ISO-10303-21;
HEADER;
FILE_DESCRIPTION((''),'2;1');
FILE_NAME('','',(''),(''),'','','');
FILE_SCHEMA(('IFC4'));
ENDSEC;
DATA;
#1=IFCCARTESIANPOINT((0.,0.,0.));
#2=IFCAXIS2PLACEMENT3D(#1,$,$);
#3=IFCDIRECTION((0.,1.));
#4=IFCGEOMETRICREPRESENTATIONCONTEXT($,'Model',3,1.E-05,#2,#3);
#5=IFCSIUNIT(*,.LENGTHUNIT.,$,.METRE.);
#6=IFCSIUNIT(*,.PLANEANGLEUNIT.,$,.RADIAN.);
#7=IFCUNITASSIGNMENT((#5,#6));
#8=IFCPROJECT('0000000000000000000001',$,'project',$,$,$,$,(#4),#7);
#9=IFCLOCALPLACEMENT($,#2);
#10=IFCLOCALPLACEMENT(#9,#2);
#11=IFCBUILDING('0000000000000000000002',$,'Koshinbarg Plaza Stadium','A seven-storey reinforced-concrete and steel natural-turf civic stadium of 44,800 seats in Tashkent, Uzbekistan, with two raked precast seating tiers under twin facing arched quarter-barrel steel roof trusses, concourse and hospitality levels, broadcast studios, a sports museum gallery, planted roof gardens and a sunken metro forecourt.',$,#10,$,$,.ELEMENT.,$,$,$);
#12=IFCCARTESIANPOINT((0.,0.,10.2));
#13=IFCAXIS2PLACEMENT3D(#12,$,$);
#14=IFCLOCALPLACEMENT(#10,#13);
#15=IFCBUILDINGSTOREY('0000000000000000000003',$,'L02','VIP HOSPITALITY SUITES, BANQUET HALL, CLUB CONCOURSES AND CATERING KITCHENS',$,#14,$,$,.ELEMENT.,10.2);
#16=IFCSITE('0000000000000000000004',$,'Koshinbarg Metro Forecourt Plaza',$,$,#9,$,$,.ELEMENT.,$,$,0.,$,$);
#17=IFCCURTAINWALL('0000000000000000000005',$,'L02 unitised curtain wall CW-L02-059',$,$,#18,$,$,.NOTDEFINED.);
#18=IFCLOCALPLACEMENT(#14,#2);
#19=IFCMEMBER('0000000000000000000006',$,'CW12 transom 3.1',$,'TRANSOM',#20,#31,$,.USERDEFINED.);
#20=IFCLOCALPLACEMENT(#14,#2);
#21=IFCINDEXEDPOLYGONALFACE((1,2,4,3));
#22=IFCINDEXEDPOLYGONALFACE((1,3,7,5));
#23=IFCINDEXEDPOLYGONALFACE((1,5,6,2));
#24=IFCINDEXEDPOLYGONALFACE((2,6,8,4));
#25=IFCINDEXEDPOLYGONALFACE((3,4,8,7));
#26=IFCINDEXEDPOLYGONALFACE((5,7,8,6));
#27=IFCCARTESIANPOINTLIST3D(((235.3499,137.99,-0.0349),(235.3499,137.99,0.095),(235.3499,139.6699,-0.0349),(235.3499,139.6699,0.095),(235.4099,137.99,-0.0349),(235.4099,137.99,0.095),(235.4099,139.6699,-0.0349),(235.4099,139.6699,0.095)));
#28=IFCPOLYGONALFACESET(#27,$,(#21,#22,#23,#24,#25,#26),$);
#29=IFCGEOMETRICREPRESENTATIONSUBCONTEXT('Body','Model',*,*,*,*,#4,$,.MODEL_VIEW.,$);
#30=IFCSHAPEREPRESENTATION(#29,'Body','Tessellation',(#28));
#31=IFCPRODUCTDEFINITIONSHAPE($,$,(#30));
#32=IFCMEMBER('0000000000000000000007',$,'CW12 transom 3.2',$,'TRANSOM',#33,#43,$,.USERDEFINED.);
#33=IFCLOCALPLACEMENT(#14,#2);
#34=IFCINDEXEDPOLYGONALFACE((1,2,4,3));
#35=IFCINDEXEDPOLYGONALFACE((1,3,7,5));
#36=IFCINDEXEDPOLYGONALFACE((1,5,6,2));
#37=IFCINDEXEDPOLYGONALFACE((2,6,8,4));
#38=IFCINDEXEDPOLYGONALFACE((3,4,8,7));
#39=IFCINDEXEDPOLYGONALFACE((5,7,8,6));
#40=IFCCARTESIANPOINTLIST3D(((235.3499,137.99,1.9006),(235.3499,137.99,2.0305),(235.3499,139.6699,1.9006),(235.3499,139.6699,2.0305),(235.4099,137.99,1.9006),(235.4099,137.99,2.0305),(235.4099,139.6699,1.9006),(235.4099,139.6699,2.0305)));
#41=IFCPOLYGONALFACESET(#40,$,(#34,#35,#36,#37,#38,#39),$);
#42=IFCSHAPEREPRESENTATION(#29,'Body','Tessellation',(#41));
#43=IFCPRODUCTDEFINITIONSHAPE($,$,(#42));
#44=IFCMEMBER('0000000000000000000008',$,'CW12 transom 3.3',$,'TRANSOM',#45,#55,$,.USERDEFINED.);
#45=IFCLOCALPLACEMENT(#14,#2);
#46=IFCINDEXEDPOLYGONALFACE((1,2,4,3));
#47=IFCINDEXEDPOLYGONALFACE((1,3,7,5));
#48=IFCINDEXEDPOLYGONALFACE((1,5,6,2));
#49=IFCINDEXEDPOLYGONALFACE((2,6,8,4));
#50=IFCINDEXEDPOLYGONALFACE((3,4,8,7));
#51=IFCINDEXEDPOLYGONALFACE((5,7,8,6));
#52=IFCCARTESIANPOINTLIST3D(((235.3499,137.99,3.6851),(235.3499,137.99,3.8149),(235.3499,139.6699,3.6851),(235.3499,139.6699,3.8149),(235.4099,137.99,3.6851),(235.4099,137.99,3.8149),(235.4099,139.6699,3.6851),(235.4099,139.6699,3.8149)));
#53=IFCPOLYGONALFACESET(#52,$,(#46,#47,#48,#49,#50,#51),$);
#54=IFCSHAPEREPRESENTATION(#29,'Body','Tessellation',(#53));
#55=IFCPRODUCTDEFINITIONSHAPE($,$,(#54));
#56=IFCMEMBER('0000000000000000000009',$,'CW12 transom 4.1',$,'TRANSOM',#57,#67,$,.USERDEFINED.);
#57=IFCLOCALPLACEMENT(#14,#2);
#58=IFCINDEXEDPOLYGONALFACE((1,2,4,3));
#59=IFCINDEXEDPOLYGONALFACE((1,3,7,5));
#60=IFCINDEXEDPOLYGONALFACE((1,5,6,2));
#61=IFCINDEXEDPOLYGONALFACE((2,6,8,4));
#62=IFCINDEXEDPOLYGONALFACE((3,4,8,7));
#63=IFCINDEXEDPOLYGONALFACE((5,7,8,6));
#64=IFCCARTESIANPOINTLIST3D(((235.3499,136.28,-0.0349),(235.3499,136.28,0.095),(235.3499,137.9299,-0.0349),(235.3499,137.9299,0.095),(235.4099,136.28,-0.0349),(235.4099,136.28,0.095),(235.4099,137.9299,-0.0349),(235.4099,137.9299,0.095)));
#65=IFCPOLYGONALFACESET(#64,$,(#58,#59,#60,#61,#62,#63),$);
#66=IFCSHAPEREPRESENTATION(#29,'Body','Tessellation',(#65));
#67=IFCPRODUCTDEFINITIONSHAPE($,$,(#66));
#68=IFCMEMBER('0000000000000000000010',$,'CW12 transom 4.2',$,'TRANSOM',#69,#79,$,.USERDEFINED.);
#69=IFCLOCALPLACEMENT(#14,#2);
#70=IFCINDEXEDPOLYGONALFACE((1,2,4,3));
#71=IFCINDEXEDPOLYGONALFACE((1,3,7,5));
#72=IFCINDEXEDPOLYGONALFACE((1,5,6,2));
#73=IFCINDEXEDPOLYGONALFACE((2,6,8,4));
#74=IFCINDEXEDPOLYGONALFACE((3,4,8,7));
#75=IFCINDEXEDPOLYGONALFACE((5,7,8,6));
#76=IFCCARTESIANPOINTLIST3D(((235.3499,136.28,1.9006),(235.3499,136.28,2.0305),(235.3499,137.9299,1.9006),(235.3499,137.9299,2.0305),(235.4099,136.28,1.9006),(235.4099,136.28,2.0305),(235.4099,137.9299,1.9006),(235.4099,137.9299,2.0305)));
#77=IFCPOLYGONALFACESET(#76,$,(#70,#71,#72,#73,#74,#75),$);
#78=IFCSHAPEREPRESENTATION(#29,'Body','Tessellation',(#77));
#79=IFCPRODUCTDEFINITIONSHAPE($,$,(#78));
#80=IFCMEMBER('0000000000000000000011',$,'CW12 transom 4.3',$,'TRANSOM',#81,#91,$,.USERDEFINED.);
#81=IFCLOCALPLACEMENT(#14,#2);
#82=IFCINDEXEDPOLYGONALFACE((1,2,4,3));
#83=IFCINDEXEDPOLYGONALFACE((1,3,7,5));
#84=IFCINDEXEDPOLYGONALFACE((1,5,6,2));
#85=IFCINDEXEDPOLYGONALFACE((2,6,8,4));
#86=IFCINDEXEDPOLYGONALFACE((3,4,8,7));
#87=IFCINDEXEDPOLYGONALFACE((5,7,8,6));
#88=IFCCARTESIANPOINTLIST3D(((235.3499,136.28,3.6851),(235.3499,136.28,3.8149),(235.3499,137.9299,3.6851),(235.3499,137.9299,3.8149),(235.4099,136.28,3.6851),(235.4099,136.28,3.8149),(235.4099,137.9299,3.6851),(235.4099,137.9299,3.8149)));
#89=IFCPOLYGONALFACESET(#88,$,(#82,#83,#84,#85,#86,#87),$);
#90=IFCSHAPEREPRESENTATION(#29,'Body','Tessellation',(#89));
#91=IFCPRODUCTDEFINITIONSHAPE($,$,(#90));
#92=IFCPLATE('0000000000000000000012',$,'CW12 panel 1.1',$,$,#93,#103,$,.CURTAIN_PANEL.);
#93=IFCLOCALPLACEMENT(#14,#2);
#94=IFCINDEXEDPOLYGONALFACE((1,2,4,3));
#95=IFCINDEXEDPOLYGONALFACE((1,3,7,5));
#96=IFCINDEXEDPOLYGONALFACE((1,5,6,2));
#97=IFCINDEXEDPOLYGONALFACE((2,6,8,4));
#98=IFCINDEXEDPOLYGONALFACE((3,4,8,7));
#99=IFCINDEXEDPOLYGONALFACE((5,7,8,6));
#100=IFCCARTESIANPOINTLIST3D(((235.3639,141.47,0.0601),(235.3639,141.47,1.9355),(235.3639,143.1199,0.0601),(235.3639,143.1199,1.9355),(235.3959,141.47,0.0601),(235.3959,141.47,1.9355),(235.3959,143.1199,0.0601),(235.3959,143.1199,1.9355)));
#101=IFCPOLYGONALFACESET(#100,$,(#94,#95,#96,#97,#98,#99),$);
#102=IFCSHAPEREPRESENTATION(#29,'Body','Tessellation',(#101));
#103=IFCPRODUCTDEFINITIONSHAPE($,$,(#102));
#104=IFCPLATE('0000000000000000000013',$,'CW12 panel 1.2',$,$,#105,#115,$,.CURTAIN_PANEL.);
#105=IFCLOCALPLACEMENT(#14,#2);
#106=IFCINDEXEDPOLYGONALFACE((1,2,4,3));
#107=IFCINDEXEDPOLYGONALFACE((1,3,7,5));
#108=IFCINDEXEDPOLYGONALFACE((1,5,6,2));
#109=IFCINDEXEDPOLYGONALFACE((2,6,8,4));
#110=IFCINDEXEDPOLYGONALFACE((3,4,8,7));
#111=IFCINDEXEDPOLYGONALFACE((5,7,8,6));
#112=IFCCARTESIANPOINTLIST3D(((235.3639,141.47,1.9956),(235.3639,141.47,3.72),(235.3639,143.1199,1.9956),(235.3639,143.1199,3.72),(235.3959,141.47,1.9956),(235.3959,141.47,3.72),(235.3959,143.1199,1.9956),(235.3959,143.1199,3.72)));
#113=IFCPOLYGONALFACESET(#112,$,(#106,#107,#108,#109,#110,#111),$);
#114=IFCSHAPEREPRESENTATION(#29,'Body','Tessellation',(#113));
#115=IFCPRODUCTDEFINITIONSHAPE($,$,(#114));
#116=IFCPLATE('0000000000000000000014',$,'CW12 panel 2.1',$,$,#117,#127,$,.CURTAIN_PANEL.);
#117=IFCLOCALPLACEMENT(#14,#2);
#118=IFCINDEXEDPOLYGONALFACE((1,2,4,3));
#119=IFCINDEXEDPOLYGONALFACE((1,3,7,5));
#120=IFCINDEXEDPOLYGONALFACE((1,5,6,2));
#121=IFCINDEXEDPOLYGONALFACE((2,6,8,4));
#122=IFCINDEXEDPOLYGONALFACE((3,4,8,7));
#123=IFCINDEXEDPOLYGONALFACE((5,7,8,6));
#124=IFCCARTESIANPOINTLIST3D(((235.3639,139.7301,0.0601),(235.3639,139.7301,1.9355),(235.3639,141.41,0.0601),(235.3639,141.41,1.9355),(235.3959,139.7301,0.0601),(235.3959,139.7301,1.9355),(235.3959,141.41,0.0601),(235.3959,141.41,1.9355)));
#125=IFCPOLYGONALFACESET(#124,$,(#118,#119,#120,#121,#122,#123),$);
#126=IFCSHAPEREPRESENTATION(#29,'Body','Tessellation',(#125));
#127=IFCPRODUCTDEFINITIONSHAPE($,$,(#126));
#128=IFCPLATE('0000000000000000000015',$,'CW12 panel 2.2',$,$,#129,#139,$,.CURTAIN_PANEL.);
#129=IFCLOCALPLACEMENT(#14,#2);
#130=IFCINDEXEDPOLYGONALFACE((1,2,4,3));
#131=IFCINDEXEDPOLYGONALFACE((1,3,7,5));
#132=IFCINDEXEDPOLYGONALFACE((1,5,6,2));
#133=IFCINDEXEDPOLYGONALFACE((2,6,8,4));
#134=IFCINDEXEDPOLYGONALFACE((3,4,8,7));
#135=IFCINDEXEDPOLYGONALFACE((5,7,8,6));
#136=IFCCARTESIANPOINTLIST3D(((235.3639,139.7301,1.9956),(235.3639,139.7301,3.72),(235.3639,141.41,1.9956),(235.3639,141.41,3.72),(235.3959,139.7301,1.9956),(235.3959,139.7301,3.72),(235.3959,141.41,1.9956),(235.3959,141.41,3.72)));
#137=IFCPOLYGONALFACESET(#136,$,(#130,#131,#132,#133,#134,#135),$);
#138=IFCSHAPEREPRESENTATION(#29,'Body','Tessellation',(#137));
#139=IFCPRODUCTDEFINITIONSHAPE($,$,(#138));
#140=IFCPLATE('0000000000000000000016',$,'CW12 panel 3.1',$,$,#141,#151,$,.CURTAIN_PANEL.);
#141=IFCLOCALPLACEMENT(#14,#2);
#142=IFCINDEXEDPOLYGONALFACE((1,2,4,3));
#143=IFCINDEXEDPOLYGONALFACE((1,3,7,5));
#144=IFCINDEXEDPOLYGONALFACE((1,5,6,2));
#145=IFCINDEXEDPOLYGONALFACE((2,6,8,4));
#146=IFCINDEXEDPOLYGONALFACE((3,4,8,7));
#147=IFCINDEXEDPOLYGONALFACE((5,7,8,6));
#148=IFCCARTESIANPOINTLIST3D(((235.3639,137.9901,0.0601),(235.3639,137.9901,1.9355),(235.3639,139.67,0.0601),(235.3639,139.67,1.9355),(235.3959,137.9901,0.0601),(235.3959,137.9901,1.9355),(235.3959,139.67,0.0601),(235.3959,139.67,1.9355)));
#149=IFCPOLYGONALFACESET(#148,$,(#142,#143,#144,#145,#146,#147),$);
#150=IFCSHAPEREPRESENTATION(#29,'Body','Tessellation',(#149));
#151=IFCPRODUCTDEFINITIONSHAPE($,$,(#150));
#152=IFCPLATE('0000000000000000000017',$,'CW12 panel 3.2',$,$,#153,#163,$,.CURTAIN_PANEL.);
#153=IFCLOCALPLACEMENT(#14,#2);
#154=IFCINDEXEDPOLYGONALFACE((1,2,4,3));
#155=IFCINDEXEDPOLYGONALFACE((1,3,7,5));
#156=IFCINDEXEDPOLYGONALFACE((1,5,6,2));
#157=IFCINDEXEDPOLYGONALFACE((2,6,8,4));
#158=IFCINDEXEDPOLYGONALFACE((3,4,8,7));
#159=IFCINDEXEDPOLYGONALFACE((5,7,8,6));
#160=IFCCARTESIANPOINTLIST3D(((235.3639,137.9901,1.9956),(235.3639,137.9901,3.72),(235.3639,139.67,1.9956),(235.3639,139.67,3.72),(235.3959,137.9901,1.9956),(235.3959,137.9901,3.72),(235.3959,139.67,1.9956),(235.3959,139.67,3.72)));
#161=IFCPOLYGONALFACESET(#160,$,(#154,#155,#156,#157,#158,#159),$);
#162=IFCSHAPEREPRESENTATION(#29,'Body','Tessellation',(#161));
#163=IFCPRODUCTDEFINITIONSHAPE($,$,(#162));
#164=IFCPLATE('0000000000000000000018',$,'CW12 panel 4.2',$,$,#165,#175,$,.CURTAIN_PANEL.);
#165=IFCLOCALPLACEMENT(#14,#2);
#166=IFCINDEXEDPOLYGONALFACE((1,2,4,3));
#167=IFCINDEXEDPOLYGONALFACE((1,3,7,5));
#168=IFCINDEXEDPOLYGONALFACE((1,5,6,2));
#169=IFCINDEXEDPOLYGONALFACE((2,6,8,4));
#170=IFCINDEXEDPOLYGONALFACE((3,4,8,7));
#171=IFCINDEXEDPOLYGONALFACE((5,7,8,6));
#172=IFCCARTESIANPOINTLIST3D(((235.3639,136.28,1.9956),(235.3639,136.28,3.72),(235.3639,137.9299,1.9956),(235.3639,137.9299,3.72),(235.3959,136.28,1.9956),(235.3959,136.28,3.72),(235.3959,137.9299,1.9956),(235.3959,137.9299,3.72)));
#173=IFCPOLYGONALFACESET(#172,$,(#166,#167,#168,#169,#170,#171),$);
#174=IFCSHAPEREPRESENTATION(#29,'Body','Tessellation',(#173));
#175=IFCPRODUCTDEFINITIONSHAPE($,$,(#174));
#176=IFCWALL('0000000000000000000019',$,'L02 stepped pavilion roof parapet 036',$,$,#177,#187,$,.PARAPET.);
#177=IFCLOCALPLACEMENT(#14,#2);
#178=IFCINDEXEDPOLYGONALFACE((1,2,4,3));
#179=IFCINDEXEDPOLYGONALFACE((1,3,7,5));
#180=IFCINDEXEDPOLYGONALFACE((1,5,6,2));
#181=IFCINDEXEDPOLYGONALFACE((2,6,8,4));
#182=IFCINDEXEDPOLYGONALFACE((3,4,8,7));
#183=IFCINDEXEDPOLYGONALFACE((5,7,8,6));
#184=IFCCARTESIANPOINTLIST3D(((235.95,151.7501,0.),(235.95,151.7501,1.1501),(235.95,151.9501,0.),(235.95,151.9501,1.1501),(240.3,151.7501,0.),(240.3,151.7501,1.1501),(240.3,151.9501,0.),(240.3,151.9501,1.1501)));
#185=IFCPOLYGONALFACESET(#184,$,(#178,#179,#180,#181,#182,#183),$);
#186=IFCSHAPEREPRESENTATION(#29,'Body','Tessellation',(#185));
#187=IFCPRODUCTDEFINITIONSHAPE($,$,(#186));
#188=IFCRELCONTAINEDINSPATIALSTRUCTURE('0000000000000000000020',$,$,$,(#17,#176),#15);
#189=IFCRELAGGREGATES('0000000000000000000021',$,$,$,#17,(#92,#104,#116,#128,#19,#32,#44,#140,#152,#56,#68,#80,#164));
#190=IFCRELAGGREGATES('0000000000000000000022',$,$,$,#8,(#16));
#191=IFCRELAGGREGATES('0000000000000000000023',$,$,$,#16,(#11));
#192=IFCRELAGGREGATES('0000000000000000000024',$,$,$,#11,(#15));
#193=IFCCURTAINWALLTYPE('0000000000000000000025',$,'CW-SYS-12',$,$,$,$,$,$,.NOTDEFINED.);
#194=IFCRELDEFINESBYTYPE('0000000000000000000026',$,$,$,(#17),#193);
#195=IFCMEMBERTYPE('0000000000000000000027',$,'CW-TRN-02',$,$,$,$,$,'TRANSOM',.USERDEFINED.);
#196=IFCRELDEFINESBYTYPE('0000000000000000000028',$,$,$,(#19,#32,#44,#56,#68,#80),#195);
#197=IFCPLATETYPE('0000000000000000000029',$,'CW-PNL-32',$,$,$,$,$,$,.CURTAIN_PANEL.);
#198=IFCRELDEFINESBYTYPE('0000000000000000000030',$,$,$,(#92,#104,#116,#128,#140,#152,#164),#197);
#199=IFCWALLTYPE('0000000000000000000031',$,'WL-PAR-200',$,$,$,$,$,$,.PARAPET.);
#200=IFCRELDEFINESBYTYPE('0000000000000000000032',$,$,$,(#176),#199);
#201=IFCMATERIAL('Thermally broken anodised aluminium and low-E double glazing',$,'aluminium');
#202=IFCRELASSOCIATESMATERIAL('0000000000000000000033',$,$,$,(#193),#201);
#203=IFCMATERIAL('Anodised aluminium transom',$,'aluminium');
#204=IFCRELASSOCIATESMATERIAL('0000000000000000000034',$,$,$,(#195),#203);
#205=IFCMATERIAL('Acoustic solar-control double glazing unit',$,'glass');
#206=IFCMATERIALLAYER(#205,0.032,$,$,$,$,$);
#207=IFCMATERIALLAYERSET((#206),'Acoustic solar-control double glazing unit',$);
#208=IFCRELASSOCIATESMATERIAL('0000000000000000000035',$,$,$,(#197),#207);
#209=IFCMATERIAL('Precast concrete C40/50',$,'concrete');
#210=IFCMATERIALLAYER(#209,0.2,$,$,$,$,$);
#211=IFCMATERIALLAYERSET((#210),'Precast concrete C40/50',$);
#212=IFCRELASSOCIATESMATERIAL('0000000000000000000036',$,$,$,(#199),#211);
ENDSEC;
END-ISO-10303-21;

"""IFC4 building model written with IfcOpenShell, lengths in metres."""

from ifc_helpers import new_model, si_unit, direction, frame, frame_2d, origin, origin_2d, place, context, subcontext, project, spatial, rectangle, extrude, material, layer, layer_set, material_profile, profile_set, type_object, element, aggregate, save


model = new_model("IFC4")

# Units and contexts
model_context = context("Model", 3, precision=1e-05, world=origin(), true_north=direction((0.0, 1.0)))
body_context = subcontext(model_context, "Body", "Model", "MODEL_VIEW")
ifc_project = project(units=[si_unit("LENGTHUNIT", "METRE"), si_unit("PLANEANGLEUNIT", "RADIAN")], contexts=[model_context])

# Site, building, storey
site_placement = place(None, origin())
site = spatial("IfcSite", under=ifc_project, at=site_placement, Name="Koshinbarg Metro Forecourt Plaza", CompositionType="ELEMENT", RefElevation=0.0)
building_placement = place(site_placement, origin())
building = spatial("IfcBuilding", under=site, at=building_placement, Name="Koshinbarg Plaza Stadium", Description="A seven-storey reinforced-concrete and steel natural-turf civic stadium of 44,800 seats in Tashkent, Uzbekistan, with two raked precast seating tiers under twin facing arched quarter-barrel steel roof trusses, concourse and hospitality levels, broadcast studios, a sports museum gallery, planted roof gardens and a sunken metro forecourt.", CompositionType="ELEMENT")
storey_placement = place(building_placement, frame((0.0, 0.0, 10.2)))
storey = spatial("IfcBuildingStorey", under=building, at=storey_placement, Name="L02", Description="VIP HOSPITALITY SUITES, BANQUET HALL, CLUB CONCOURSES AND CATERING KITCHENS", CompositionType="ELEMENT", Elevation=10.2)

# Shared definitions
ifc_material_1 = material(Name="Thermally broken anodised aluminium and low-E double glazing", Category="aluminium")

# Curtain wall, members, plates
curtain_wall_type_1 = type_object("IfcCurtainWallType", Name="CW-SYS-12", PredefinedType="NOTDEFINED", material=ifc_material_1)
curtain_wall_1_placement = place(storey_placement, origin())
curtain_wall_1 = element("IfcCurtainWall", 1, at=curtain_wall_1_placement, inside=storey, type_object=curtain_wall_type_1, Name="L02 unitised curtain wall CW-L02-059", PredefinedType="NOTDEFINED")
ifc_material_2 = material(Name="Anodised aluminium transom", Category="aluminium")
ifc_material_profile_1 = material_profile(ifc_material_2, rectangle(XDim=0.0601, YDim=0.1299, at=origin_2d()), Name="ALU 60x130")
ifc_profile_set_1 = profile_set([ifc_material_profile_1], Name="Anodised aluminium transom")
member_type_1 = type_object("IfcMemberType", Name="CW-TRN-02", ElementType="TRANSOM", PredefinedType="USERDEFINED", material=ifc_profile_set_1)
member_1_placement = place(storey_placement, frame((235.3799, 139.6699, 0.03), z_axis=(0.0, -1.0, 0.0), x_axis=(1.0, 0.0, 0.0)))
member_1 = element("IfcMember", 2, at=member_1_placement, type_object=member_type_1, Name="CW12 transom 3.1", ObjectType="TRANSOM", PredefinedType="USERDEFINED", context=body_context, shape_type="SweptSolid", body=[
    extrude(rectangle(XDim=0.0601, YDim=0.1299, at=origin_2d()), origin(), (0.0, 0.0, 1.0), 1.6799),
])
member_2_placement = place(storey_placement, frame((235.3799, 139.6699, 1.9656), z_axis=(0.0, -1.0, 0.0), x_axis=(1.0, 0.0, 0.0)))
member_2 = element("IfcMember", 3, at=member_2_placement, type_object=member_type_1, Name="CW12 transom 3.2", ObjectType="TRANSOM", PredefinedType="USERDEFINED", context=body_context, shape_type="SweptSolid", body=[
    extrude(rectangle(XDim=0.0601, YDim=0.1299, at=origin_2d()), origin(), (0.0, 0.0, 1.0), 1.6799),
])
member_3_placement = place(storey_placement, frame((235.3799, 139.6699, 3.75), z_axis=(0.0, -1.0, 0.0), x_axis=(1.0, 0.0, 0.0)))
member_3 = element("IfcMember", 4, at=member_3_placement, type_object=member_type_1, Name="CW12 transom 3.3", ObjectType="TRANSOM", PredefinedType="USERDEFINED", context=body_context, shape_type="SweptSolid", body=[
    extrude(rectangle(XDim=0.0601, YDim=0.1299, at=origin_2d()), origin(), (0.0, 0.0, 1.0), 1.6799),
])
member_4_placement = place(storey_placement, frame((235.3799, 137.9299, 0.03), z_axis=(0.0, -1.0, 0.0), x_axis=(1.0, 0.0, 0.0)))
member_4 = element("IfcMember", 5, at=member_4_placement, type_object=member_type_1, Name="CW12 transom 4.1", ObjectType="TRANSOM", PredefinedType="USERDEFINED", context=body_context, shape_type="SweptSolid", body=[
    extrude(rectangle(XDim=0.0601, YDim=0.1299, at=origin_2d()), origin(), (0.0, 0.0, 1.0), 1.6499),
])
member_5_placement = place(storey_placement, frame((235.3799, 137.9299, 1.9656), z_axis=(0.0, -1.0, 0.0), x_axis=(1.0, 0.0, 0.0)))
member_5 = element("IfcMember", 6, at=member_5_placement, type_object=member_type_1, Name="CW12 transom 4.2", ObjectType="TRANSOM", PredefinedType="USERDEFINED", context=body_context, shape_type="SweptSolid", body=[
    extrude(rectangle(XDim=0.0601, YDim=0.1299, at=origin_2d()), origin(), (0.0, 0.0, 1.0), 1.6499),
])
member_6_placement = place(storey_placement, frame((235.3799, 137.9299, 3.75), z_axis=(0.0, -1.0, 0.0), x_axis=(1.0, 0.0, 0.0)))
member_6 = element("IfcMember", 7, at=member_6_placement, type_object=member_type_1, Name="CW12 transom 4.3", ObjectType="TRANSOM", PredefinedType="USERDEFINED", context=body_context, shape_type="SweptSolid", body=[
    extrude(rectangle(XDim=0.0601, YDim=0.1299, at=origin_2d()), origin(), (0.0, 0.0, 1.0), 1.6499),
])
ifc_material_3 = material(Name="Acoustic solar-control double glazing unit", Category="glass")
ifc_layer_1 = layer(ifc_material_3, 0.032)
ifc_layer_set_1 = layer_set([ifc_layer_1], Name="Acoustic solar-control double glazing unit")
plate_type = type_object("IfcPlateType", Name="CW-PNL-32", PredefinedType="CURTAIN_PANEL", material=ifc_layer_set_1)
plate_1_placement = place(storey_placement, frame((235.3799, 142.2949, 0.0601), z_axis=(0.0, 0.0, 1.0), x_axis=(0.0, -1.0, 0.0)))
plate_1 = element("IfcPlate", 8, at=plate_1_placement, type_object=plate_type, Name="CW12 panel 1.1", PredefinedType="CURTAIN_PANEL", context=body_context, shape_type="SweptSolid", body=[
    extrude(rectangle(XDim=1.6499, YDim=0.032, at=origin_2d()), origin(), (0.0, 0.0, 1.0), 1.8755),
])
plate_2_placement = place(storey_placement, frame((235.3799, 142.2949, 1.9956), z_axis=(0.0, 0.0, 1.0), x_axis=(0.0, -1.0, 0.0)))
plate_2 = element("IfcPlate", 9, at=plate_2_placement, type_object=plate_type, Name="CW12 panel 1.2", PredefinedType="CURTAIN_PANEL", context=body_context, shape_type="SweptSolid", body=[
    extrude(rectangle(XDim=1.6499, YDim=0.032, at=origin_2d()), origin(), (0.0, 0.0, 1.0), 1.7244),
])
plate_3_placement = place(storey_placement, frame((235.3799, 140.5701, 0.0601), z_axis=(0.0, 0.0, 1.0), x_axis=(0.0, -1.0, 0.0)))
plate_3 = element("IfcPlate", 10, at=plate_3_placement, type_object=plate_type, Name="CW12 panel 2.1", PredefinedType="CURTAIN_PANEL", context=body_context, shape_type="SweptSolid", body=[
    extrude(rectangle(XDim=1.6799, YDim=0.032, at=origin_2d()), origin(), (0.0, 0.0, 1.0), 1.8755),
])
plate_4_placement = place(storey_placement, frame((235.3799, 140.5701, 1.9956), z_axis=(0.0, 0.0, 1.0), x_axis=(0.0, -1.0, 0.0)))
plate_4 = element("IfcPlate", 11, at=plate_4_placement, type_object=plate_type, Name="CW12 panel 2.2", PredefinedType="CURTAIN_PANEL", context=body_context, shape_type="SweptSolid", body=[
    extrude(rectangle(XDim=1.6799, YDim=0.032, at=origin_2d()), origin(), (0.0, 0.0, 1.0), 1.7244),
])
plate_5_placement = place(storey_placement, frame((235.3799, 138.8301, 0.0601), z_axis=(0.0, 0.0, 1.0), x_axis=(0.0, -1.0, 0.0)))
plate_5 = element("IfcPlate", 12, at=plate_5_placement, type_object=plate_type, Name="CW12 panel 3.1", PredefinedType="CURTAIN_PANEL", context=body_context, shape_type="SweptSolid", body=[
    extrude(rectangle(XDim=1.6799, YDim=0.032, at=origin_2d()), origin(), (0.0, 0.0, 1.0), 1.8755),
])
plate_6_placement = place(storey_placement, frame((235.3799, 138.8301, 1.9956), z_axis=(0.0, 0.0, 1.0), x_axis=(0.0, -1.0, 0.0)))
plate_6 = element("IfcPlate", 13, at=plate_6_placement, type_object=plate_type, Name="CW12 panel 3.2", PredefinedType="CURTAIN_PANEL", context=body_context, shape_type="SweptSolid", body=[
    extrude(rectangle(XDim=1.6799, YDim=0.032, at=origin_2d()), origin(), (0.0, 0.0, 1.0), 1.7244),
])
plate_7_placement = place(storey_placement, frame((235.3799, 137.105, 1.9956), z_axis=(0.0, 0.0, 1.0), x_axis=(0.0, -1.0, 0.0)))
plate_7 = element("IfcPlate", 14, at=plate_7_placement, type_object=plate_type, Name="CW12 panel 4.2", PredefinedType="CURTAIN_PANEL", context=body_context, shape_type="SweptSolid", body=[
    extrude(rectangle(XDim=1.6499, YDim=0.032, at=origin_2d()), origin(), (0.0, 0.0, 1.0), 1.7244),
])
aggregate(curtain_wall_1, [plate_1, plate_2, plate_3, plate_4, member_1, member_2, member_3, plate_5, plate_6, member_4, member_5, member_6, plate_7])

# Wall
ifc_material_4 = material(Name="Precast concrete C40/50", Category="concrete")
ifc_layer_2 = layer(ifc_material_4, 0.2)
ifc_layer_set_2 = layer_set([ifc_layer_2], Name="Precast concrete C40/50")
wall_type_1 = type_object("IfcWallType", Name="WL-PAR-200", PredefinedType="PARAPET", material=ifc_layer_set_2)
wall_1_placement = place(storey_placement, frame((235.95, 151.8501, 0.0), z_axis=(0.0, 0.0, 1.0), x_axis=(1.0, 0.0, 0.0)))
element("IfcWall", 15, at=wall_1_placement, inside=storey, type_object=wall_type_1, Name="L02 stepped pavilion roof parapet 036", PredefinedType="PARAPET", context=body_context, shape_type="SweptSolid", body=[
    extrude(rectangle(XDim=4.3501, YDim=0.2, at=frame_2d((2.175, 0.0))), origin(), (0.0, 0.0, 1.0), 1.1501),
])

save(model, "model.ifc")
